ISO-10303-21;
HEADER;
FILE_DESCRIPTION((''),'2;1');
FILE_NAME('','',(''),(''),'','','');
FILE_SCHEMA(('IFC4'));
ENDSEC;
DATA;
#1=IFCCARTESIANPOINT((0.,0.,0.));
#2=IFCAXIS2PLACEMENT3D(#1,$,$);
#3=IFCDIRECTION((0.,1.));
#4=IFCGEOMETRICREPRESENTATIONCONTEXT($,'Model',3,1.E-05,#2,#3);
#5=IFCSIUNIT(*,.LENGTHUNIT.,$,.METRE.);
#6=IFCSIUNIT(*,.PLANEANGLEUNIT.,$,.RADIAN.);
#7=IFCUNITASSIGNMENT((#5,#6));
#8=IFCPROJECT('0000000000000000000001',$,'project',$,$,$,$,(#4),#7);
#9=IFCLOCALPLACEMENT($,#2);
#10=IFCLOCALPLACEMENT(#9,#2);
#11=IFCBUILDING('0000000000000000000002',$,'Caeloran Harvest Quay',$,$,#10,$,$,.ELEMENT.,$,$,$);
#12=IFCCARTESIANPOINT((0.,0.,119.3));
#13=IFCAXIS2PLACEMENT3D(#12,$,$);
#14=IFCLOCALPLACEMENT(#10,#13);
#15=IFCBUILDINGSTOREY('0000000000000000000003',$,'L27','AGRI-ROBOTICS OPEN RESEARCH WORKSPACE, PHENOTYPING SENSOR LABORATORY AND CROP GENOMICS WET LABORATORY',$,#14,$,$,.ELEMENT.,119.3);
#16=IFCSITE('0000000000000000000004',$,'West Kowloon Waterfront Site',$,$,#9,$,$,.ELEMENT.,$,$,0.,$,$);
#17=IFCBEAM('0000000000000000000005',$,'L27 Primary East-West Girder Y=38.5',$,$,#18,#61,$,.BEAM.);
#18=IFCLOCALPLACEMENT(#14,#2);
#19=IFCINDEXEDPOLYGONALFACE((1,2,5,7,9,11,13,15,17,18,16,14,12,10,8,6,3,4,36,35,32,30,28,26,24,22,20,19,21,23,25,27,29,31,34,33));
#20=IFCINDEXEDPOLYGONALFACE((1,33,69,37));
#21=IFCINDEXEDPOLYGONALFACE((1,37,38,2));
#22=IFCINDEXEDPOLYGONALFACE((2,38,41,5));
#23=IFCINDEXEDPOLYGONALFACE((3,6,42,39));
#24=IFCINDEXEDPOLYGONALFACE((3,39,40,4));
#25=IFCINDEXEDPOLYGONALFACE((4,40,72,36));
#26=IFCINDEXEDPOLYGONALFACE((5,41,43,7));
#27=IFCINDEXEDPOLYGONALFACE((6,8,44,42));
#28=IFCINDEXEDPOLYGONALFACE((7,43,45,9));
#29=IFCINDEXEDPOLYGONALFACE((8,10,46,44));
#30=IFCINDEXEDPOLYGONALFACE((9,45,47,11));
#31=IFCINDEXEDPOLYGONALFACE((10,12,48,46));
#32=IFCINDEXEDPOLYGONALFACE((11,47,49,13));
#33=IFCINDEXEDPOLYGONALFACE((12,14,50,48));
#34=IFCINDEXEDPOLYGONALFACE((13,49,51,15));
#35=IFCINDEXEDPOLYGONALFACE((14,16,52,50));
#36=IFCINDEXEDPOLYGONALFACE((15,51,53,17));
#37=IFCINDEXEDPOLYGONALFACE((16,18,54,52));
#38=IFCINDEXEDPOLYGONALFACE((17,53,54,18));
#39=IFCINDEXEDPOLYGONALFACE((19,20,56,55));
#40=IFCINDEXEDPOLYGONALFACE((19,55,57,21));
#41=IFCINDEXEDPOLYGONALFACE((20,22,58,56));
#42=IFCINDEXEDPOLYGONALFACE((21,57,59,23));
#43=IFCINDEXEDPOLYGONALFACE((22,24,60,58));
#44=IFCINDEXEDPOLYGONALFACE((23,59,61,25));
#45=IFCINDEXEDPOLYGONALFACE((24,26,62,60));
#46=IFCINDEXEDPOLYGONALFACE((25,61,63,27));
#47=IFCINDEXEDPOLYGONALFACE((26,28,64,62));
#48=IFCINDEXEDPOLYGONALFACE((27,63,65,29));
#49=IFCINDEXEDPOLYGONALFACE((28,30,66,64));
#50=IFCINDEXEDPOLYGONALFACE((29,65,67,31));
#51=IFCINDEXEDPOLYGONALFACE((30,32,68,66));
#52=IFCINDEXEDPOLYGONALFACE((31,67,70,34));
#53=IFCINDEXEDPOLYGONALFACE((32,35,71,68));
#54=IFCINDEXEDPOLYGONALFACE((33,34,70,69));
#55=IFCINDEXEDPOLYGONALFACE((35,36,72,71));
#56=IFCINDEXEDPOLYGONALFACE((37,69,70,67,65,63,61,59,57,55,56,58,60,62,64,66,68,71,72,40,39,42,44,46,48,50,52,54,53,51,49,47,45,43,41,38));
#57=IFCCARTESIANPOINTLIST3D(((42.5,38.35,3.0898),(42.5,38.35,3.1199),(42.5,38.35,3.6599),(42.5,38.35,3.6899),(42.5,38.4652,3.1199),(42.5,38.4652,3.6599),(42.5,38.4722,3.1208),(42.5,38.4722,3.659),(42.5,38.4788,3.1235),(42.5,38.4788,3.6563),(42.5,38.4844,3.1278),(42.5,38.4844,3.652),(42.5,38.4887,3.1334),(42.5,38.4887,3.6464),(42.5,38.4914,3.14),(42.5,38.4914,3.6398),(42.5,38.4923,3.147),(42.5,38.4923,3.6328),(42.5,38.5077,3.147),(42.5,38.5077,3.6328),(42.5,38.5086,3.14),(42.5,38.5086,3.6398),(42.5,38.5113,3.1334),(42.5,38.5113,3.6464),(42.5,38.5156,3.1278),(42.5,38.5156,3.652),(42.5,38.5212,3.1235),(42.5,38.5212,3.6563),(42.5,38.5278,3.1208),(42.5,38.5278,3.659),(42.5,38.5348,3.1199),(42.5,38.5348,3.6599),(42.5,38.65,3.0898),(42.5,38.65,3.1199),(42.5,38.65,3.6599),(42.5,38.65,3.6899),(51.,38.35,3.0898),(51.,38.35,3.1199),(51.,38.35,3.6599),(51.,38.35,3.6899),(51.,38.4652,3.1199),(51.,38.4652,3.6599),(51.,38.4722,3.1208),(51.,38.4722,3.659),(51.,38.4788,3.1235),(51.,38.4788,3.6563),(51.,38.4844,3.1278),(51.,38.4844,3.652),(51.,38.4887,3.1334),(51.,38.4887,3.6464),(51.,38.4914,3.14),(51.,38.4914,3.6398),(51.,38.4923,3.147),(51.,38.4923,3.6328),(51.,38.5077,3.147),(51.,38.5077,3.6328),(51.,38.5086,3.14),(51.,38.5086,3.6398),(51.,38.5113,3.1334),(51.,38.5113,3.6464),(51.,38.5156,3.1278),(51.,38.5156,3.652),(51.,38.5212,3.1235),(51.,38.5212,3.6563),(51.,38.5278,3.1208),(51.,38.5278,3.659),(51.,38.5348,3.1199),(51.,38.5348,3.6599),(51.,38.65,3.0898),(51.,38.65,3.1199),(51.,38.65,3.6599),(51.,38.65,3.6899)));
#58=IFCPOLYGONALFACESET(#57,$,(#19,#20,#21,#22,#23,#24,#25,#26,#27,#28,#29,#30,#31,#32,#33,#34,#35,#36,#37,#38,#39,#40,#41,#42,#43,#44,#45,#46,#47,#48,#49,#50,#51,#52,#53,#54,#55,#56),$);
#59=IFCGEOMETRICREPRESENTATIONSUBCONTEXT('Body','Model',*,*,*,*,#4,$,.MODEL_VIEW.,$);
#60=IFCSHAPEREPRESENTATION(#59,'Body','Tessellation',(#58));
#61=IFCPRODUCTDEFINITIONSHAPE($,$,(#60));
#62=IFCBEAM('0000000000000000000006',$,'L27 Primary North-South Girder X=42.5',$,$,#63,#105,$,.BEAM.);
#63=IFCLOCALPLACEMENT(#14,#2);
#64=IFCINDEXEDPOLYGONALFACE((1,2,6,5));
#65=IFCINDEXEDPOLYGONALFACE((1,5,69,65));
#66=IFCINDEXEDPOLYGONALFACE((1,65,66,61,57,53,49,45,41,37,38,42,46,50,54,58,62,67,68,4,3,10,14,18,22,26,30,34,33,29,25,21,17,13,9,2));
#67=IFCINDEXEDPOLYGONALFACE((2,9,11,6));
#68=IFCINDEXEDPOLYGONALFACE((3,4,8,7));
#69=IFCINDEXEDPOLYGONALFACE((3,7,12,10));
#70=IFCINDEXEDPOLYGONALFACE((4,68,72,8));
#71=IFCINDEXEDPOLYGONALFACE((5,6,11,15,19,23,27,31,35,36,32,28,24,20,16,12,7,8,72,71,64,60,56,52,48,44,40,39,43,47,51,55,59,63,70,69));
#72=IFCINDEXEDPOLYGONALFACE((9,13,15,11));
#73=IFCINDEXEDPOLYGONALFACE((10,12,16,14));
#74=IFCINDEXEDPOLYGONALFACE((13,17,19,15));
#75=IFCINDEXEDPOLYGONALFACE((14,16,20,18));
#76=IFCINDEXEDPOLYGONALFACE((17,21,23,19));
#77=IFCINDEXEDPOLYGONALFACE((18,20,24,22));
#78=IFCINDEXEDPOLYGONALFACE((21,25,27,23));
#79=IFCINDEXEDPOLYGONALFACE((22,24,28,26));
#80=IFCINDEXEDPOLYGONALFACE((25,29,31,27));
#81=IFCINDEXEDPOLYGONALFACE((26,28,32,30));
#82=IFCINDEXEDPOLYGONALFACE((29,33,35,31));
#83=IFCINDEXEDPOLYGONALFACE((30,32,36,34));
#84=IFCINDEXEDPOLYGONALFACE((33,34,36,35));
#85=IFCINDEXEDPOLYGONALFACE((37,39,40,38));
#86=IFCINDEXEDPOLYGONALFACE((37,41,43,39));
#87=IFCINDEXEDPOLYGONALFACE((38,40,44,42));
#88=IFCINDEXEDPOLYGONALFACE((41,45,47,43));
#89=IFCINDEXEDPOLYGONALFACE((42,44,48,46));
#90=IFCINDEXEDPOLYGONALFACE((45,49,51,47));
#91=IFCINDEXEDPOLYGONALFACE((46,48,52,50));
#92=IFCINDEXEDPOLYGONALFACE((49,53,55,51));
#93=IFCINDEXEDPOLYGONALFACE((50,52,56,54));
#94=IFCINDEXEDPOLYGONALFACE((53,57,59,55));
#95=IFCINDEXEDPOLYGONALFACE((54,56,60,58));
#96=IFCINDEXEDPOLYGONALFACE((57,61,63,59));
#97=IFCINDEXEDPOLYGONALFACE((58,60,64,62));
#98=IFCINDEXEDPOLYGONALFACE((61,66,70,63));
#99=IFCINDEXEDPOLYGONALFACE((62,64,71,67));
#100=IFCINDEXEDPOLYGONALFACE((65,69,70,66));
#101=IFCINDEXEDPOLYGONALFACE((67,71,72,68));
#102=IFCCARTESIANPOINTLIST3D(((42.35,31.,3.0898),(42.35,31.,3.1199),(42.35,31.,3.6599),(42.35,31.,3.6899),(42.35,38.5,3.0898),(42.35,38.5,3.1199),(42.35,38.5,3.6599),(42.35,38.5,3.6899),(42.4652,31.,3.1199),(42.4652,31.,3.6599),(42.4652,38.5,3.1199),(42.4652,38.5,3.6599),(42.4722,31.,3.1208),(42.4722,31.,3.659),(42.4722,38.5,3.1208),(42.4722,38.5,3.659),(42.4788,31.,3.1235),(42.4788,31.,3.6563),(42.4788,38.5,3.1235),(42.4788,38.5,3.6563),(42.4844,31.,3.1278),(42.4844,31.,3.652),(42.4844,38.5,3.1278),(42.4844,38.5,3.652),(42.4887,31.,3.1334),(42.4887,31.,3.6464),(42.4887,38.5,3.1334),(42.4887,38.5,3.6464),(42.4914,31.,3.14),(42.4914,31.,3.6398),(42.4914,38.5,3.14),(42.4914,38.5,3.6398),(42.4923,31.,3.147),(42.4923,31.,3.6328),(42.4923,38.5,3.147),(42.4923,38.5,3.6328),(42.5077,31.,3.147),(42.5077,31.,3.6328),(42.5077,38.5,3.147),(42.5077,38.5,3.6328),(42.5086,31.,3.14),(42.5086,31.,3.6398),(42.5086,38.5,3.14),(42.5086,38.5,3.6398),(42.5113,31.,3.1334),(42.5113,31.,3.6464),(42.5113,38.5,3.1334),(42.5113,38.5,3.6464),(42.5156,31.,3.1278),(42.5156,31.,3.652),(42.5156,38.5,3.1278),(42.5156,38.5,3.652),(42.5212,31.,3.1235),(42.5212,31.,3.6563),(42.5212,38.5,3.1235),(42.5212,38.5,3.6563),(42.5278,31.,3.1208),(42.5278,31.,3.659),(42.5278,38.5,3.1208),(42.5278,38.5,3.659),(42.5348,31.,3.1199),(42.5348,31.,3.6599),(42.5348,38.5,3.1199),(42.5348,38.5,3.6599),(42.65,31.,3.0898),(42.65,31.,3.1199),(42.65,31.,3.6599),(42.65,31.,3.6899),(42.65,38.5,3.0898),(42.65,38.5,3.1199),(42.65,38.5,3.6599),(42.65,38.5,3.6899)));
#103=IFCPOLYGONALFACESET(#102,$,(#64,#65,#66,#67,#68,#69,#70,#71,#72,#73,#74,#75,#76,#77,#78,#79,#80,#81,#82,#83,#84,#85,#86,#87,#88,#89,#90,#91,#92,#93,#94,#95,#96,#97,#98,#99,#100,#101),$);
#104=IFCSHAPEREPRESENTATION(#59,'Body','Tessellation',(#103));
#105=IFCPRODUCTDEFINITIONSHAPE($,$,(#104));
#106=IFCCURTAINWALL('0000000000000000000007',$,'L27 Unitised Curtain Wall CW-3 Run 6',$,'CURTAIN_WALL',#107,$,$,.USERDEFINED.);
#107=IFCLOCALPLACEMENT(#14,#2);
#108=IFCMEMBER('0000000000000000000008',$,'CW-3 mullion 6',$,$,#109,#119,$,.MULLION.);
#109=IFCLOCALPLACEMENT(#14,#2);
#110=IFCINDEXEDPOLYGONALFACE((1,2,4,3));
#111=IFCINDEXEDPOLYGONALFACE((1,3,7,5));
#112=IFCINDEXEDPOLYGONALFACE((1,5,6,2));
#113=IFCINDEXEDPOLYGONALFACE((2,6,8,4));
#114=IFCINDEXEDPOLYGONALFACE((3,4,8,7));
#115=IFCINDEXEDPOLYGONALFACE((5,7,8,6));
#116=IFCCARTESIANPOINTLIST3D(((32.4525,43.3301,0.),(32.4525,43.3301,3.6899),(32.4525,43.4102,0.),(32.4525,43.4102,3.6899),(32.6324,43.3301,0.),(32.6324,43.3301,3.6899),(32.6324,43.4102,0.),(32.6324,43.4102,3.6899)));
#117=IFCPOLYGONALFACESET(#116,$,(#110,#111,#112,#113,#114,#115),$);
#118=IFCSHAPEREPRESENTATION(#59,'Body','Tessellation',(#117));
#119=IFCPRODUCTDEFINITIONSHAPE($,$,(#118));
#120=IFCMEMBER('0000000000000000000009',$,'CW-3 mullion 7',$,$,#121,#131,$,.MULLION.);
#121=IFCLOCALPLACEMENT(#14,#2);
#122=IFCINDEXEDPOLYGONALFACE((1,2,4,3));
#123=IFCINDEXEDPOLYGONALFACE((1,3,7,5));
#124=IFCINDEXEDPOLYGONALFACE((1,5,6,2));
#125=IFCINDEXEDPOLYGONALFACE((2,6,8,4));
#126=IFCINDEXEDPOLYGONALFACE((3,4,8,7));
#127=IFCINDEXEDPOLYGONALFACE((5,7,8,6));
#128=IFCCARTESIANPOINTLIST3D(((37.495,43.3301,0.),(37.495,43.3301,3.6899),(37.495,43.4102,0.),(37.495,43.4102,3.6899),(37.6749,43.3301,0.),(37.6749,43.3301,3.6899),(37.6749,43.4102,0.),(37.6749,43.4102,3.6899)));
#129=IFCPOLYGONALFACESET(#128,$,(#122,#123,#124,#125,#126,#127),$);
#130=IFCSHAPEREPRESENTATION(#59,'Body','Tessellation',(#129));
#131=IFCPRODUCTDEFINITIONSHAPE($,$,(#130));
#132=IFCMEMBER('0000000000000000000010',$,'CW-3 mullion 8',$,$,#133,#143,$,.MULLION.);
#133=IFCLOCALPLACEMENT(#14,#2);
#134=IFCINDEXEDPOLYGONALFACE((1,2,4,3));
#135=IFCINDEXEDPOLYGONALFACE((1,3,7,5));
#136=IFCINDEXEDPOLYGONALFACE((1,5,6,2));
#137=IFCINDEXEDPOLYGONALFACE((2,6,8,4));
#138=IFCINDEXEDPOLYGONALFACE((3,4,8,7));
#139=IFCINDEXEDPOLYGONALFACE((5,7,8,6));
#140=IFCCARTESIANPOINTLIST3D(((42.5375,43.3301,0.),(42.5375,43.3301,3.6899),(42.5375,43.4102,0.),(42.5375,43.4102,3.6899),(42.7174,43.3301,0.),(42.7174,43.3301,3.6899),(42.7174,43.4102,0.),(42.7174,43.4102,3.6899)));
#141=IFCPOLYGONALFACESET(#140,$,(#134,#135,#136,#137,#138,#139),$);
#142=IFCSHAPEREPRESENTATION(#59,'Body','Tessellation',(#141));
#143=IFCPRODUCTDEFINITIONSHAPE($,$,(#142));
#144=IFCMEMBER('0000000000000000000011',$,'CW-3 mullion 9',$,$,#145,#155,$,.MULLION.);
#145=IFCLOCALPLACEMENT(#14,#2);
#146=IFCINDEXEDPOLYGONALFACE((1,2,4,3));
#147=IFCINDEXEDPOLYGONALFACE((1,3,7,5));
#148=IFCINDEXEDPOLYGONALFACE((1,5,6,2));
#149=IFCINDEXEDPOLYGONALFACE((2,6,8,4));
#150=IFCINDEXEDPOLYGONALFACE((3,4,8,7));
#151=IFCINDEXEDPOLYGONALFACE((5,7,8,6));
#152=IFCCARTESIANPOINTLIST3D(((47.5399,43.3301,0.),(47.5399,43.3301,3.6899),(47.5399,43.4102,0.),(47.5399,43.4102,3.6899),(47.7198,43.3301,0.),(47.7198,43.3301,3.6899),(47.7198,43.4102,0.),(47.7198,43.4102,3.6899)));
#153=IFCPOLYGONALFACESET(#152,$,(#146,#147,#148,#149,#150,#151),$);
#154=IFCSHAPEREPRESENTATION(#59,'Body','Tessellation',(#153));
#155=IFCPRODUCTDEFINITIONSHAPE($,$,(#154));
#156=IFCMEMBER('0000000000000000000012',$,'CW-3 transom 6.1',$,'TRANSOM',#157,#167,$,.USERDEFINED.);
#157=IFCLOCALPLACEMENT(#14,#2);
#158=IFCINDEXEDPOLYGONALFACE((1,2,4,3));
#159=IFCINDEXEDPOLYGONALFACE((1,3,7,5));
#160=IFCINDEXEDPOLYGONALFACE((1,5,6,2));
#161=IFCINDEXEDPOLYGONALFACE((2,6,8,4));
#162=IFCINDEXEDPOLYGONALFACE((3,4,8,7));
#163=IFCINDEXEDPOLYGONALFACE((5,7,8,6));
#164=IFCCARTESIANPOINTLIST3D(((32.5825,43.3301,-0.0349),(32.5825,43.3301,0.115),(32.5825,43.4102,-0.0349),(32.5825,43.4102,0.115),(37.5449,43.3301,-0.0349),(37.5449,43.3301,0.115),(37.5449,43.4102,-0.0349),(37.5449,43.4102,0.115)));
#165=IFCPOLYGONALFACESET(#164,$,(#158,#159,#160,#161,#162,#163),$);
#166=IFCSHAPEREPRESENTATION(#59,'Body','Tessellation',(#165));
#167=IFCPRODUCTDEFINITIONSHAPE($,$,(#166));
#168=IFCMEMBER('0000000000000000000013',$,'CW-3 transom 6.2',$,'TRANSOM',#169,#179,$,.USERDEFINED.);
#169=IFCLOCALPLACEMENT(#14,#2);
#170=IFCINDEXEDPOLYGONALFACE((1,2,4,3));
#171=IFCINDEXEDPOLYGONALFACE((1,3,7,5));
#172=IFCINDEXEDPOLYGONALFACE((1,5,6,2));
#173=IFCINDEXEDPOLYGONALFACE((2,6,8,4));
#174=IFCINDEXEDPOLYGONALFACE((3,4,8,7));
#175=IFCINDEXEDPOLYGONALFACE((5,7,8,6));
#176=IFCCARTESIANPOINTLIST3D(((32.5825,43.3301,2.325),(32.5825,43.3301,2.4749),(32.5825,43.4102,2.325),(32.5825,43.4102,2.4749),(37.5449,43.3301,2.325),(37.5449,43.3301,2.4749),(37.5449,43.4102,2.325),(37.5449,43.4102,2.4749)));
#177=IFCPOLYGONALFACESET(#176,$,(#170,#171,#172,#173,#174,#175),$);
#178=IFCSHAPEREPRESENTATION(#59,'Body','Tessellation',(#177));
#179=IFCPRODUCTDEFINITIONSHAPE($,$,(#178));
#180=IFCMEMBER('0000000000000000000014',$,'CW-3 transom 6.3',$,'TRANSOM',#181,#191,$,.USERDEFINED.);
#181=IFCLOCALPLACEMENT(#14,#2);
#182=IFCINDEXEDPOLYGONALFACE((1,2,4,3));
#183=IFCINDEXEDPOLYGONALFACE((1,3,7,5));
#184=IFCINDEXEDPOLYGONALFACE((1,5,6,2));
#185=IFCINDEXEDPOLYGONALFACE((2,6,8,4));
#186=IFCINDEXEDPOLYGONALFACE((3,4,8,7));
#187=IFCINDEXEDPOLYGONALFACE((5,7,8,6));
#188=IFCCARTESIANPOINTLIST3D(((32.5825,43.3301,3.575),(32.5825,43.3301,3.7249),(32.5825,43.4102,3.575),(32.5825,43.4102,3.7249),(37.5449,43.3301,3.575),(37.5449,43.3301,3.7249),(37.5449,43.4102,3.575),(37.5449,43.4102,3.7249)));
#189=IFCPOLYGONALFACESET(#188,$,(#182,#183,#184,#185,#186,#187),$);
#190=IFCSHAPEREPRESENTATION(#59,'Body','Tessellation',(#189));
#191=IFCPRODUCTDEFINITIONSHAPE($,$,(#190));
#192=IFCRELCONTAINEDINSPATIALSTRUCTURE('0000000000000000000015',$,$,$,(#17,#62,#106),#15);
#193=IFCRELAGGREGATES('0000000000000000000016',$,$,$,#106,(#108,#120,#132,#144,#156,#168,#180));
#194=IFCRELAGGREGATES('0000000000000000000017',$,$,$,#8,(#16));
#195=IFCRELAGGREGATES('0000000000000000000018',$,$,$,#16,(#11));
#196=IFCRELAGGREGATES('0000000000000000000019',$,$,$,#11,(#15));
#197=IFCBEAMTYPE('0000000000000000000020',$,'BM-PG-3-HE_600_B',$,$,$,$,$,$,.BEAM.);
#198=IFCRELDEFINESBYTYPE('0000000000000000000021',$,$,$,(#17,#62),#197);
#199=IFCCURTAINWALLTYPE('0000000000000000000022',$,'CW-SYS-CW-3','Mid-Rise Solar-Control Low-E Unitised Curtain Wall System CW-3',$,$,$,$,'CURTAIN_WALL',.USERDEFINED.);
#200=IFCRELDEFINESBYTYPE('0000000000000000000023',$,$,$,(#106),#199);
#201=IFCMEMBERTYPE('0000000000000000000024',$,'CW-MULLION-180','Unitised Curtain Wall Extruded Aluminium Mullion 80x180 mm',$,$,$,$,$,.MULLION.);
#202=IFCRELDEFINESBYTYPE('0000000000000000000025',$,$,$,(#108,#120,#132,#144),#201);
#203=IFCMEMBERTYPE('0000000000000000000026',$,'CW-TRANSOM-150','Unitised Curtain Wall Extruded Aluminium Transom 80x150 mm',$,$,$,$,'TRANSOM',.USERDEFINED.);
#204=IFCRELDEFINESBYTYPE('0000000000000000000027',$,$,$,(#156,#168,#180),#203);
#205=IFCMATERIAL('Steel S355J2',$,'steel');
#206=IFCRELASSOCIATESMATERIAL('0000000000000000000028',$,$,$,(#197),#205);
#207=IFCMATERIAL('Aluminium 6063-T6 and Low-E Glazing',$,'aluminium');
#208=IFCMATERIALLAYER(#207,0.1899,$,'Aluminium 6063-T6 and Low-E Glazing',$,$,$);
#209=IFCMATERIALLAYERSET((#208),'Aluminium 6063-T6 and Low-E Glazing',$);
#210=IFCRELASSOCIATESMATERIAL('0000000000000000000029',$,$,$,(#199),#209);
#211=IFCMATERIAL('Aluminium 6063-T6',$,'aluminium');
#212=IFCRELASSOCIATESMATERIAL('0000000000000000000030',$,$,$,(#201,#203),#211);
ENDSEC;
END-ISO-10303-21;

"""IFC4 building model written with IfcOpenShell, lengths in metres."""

from ifc_helpers import new_model, si_unit, direction, frame, origin, origin_2d, place, context, subcontext, project, spatial, rectangle, i_section, extrude, material, layer, layer_set, material_profile, profile_set, type_object, element, aggregate, save


model = new_model("IFC4")

# Units and contexts
model_context = context("Model", 3, precision=1e-05, world=origin(), true_north=direction((0.0, 1.0)))
body_context = subcontext(model_context, "Body", "Model", "MODEL_VIEW")
ifc_project = project(units=[si_unit("LENGTHUNIT", "METRE"), si_unit("PLANEANGLEUNIT", "RADIAN")], contexts=[model_context])

# Site, building, storey
site_placement = place(None, origin())
site = spatial("IfcSite", under=ifc_project, at=site_placement, Name="West Kowloon Waterfront Site", CompositionType="ELEMENT", RefElevation=0.0)
building_placement = place(site_placement, origin())
building = spatial("IfcBuilding", under=site, at=building_placement, Name="Caeloran Harvest Quay", CompositionType="ELEMENT")
storey_placement = place(building_placement, frame((0.0, 0.0, 119.3)))
storey = spatial("IfcBuildingStorey", under=building, at=storey_placement, Name="L27", Description="AGRI-ROBOTICS OPEN RESEARCH WORKSPACE, PHENOTYPING SENSOR LABORATORY AND CROP GENOMICS WET LABORATORY", CompositionType="ELEMENT", Elevation=119.3)

# Beams
ifc_material_1 = material(Name="Steel S355J2", Category="steel")
ifc_material_profile_1 = material_profile(ifc_material_1, i_section(OverallWidth=0.3, OverallDepth=0.6001, WebThickness=0.0154, FlangeThickness=0.03, FilletRadius=0.0271, at=origin_2d()), Name="HE 600 B")
ifc_profile_set_1 = profile_set([ifc_material_profile_1], Name="Steel S355J2")
beam_type = type_object("IfcBeamType", Name="BM-PG-3-HE_600_B", PredefinedType="BEAM", material=ifc_profile_set_1)
for number, where, z_axis, x_axis, name in (
    (1, (42.5, 38.5, 3.3899), (1.0, 0.0, 0.0), (0.0, 1.0, 0.0), "L27 Primary East-West Girder Y=38.5"),
):
    element("IfcBeam", number, at=place(storey_placement, frame(where, z_axis=z_axis, x_axis=x_axis)), inside=storey, type_object=beam_type, Name=name, PredefinedType="BEAM", context=body_context, shape_type="SweptSolid", body=[
        extrude(i_section(OverallWidth=0.3, OverallDepth=0.6001, WebThickness=0.0154, FlangeThickness=0.03, FilletRadius=0.0271, at=origin_2d()), origin(), (0.0, 0.0, 1.0), 8.5),
    ])
beam_placement = place(storey_placement, frame((42.5, 31.0, 3.3899), z_axis=(0.0, 1.0, 0.0), x_axis=(-1.0, 0.0, 0.0)))
element("IfcBeam", 2, at=beam_placement, inside=storey, type_object=beam_type, Name="L27 Primary North-South Girder X=42.5", PredefinedType="BEAM", context=body_context, shape_type="SweptSolid", body=[
    extrude(i_section(OverallWidth=0.3, OverallDepth=0.6001, WebThickness=0.0154, FlangeThickness=0.03, FilletRadius=0.0271, at=origin_2d()), origin(), (0.0, 0.0, 1.0), 7.5),
])

# Curtain wall, members
ifc_material_2 = material(Name="Aluminium 6063-T6 and Low-E Glazing", Category="aluminium")
ifc_layer_1 = layer(ifc_material_2, 0.1899, Name="Aluminium 6063-T6 and Low-E Glazing")
ifc_layer_set_1 = layer_set([ifc_layer_1], Name="Aluminium 6063-T6 and Low-E Glazing")
curtain_wall_type = type_object("IfcCurtainWallType", Name="CW-SYS-CW-3", Description="Mid-Rise Solar-Control Low-E Unitised Curtain Wall System CW-3", ElementType="CURTAIN_WALL", PredefinedType="USERDEFINED", material=ifc_layer_set_1)
curtain_wall_placement = place(storey_placement, origin())
curtain_wall = element("IfcCurtainWall", 3, at=curtain_wall_placement, inside=storey, type_object=curtain_wall_type, Name="L27 Unitised Curtain Wall CW-3 Run 6", ObjectType="CURTAIN_WALL", PredefinedType="USERDEFINED")
ifc_material_3 = material(Name="Aluminium 6063-T6", Category="aluminium")
ifc_material_profile_2 = material_profile(ifc_material_3, rectangle(XDim=0.0801, YDim=0.1799, at=origin_2d()), Name="CW-MULLION-180")
ifc_profile_set_2 = profile_set([ifc_material_profile_2], Name="Aluminium 6063-T6")
member_type_1 = type_object("IfcMemberType", Name="CW-MULLION-180", Description="Unitised Curtain Wall Extruded Aluminium Mullion 80x180 mm", PredefinedType="MULLION", material=ifc_profile_set_2)
member_1_placement = place(storey_placement, frame((32.5425, 43.3701, 0.0), z_axis=(0.0, 0.0, 1.0), x_axis=(0.0, 1.0, 0.0)))
member_1 = element("IfcMember", 4, at=member_1_placement, type_object=member_type_1, Name="CW-3 mullion 6", PredefinedType="MULLION", context=body_context, shape_type="SweptSolid", body=[
    extrude(rectangle(XDim=0.0801, YDim=0.1799, at=origin_2d()), origin(), (0.0, 0.0, 1.0), 3.6899),
])
member_2_placement = place(storey_placement, frame((37.585, 43.3701, 0.0), z_axis=(0.0, 0.0, 1.0), x_axis=(0.0, 1.0, 0.0)))
member_2 = element("IfcMember", 5, at=member_2_placement, type_object=member_type_1, Name="CW-3 mullion 7", PredefinedType="MULLION", context=body_context, shape_type="SweptSolid", body=[
    extrude(rectangle(XDim=0.0801, YDim=0.1799, at=origin_2d()), origin(), (0.0, 0.0, 1.0), 3.6899),
])
member_3_placement = place(storey_placement, frame((42.6274, 43.3701, 0.0), z_axis=(0.0, 0.0, 1.0), x_axis=(0.0, 1.0, 0.0)))
member_3 = element("IfcMember", 6, at=member_3_placement, type_object=member_type_1, Name="CW-3 mullion 8", PredefinedType="MULLION", context=body_context, shape_type="SweptSolid", body=[
    extrude(rectangle(XDim=0.0801, YDim=0.1799, at=origin_2d()), origin(), (0.0, 0.0, 1.0), 3.6899),
])
member_4_placement = place(storey_placement, frame((47.6299, 43.3701, 0.0), z_axis=(0.0, 0.0, 1.0), x_axis=(0.0, 1.0, 0.0)))
member_4 = element("IfcMember", 7, at=member_4_placement, type_object=member_type_1, Name="CW-3 mullion 9", PredefinedType="MULLION", context=body_context, shape_type="SweptSolid", body=[
    extrude(rectangle(XDim=0.0801, YDim=0.1799, at=origin_2d()), origin(), (0.0, 0.0, 1.0), 3.6899),
])
ifc_material_profile_3 = material_profile(ifc_material_3, rectangle(XDim=0.0801, YDim=0.1499, at=origin_2d()), Name="CW-TRANSOM-150")
ifc_profile_set_3 = profile_set([ifc_material_profile_3], Name="Aluminium 6063-T6")
member_type_2 = type_object("IfcMemberType", Name="CW-TRANSOM-150", Description="Unitised Curtain Wall Extruded Aluminium Transom 80x150 mm", ElementType="TRANSOM", PredefinedType="USERDEFINED", material=ifc_profile_set_3)
member_5_placement = place(storey_placement, frame((32.5825, 43.3701, 0.04), z_axis=(1.0, 0.0, 0.0), x_axis=(0.0, 1.0, 0.0)))
member_5 = element("IfcMember", 8, at=member_5_placement, type_object=member_type_2, Name="CW-3 transom 6.1", ObjectType="TRANSOM", PredefinedType="USERDEFINED", context=body_context, shape_type="SweptSolid", body=[
    extrude(rectangle(XDim=0.0801, YDim=0.1499, at=origin_2d()), origin(), (0.0, 0.0, 1.0), 4.9624),
])
member_6_placement = place(storey_placement, frame((32.5825, 43.3701, 2.3999), z_axis=(1.0, 0.0, 0.0), x_axis=(0.0, 1.0, 0.0)))
member_6 = element("IfcMember", 9, at=member_6_placement, type_object=member_type_2, Name="CW-3 transom 6.2", ObjectType="TRANSOM", PredefinedType="USERDEFINED", context=body_context, shape_type="SweptSolid", body=[
    extrude(rectangle(XDim=0.0801, YDim=0.1499, at=origin_2d()), origin(), (0.0, 0.0, 1.0), 4.9624),
])
member_7_placement = place(storey_placement, frame((32.5825, 43.3701, 3.6499), z_axis=(1.0, 0.0, 0.0), x_axis=(0.0, 1.0, 0.0)))
member_7 = element("IfcMember", 10, at=member_7_placement, type_object=member_type_2, Name="CW-3 transom 6.3", ObjectType="TRANSOM", PredefinedType="USERDEFINED", context=body_context, shape_type="SweptSolid", body=[
    extrude(rectangle(XDim=0.0801, YDim=0.1499, at=origin_2d()), origin(), (0.0, 0.0, 1.0), 4.9624),
])
aggregate(curtain_wall, [member_1, member_2, member_3, member_4, member_5, member_6, member_7])

save(model, "model.ifc")
